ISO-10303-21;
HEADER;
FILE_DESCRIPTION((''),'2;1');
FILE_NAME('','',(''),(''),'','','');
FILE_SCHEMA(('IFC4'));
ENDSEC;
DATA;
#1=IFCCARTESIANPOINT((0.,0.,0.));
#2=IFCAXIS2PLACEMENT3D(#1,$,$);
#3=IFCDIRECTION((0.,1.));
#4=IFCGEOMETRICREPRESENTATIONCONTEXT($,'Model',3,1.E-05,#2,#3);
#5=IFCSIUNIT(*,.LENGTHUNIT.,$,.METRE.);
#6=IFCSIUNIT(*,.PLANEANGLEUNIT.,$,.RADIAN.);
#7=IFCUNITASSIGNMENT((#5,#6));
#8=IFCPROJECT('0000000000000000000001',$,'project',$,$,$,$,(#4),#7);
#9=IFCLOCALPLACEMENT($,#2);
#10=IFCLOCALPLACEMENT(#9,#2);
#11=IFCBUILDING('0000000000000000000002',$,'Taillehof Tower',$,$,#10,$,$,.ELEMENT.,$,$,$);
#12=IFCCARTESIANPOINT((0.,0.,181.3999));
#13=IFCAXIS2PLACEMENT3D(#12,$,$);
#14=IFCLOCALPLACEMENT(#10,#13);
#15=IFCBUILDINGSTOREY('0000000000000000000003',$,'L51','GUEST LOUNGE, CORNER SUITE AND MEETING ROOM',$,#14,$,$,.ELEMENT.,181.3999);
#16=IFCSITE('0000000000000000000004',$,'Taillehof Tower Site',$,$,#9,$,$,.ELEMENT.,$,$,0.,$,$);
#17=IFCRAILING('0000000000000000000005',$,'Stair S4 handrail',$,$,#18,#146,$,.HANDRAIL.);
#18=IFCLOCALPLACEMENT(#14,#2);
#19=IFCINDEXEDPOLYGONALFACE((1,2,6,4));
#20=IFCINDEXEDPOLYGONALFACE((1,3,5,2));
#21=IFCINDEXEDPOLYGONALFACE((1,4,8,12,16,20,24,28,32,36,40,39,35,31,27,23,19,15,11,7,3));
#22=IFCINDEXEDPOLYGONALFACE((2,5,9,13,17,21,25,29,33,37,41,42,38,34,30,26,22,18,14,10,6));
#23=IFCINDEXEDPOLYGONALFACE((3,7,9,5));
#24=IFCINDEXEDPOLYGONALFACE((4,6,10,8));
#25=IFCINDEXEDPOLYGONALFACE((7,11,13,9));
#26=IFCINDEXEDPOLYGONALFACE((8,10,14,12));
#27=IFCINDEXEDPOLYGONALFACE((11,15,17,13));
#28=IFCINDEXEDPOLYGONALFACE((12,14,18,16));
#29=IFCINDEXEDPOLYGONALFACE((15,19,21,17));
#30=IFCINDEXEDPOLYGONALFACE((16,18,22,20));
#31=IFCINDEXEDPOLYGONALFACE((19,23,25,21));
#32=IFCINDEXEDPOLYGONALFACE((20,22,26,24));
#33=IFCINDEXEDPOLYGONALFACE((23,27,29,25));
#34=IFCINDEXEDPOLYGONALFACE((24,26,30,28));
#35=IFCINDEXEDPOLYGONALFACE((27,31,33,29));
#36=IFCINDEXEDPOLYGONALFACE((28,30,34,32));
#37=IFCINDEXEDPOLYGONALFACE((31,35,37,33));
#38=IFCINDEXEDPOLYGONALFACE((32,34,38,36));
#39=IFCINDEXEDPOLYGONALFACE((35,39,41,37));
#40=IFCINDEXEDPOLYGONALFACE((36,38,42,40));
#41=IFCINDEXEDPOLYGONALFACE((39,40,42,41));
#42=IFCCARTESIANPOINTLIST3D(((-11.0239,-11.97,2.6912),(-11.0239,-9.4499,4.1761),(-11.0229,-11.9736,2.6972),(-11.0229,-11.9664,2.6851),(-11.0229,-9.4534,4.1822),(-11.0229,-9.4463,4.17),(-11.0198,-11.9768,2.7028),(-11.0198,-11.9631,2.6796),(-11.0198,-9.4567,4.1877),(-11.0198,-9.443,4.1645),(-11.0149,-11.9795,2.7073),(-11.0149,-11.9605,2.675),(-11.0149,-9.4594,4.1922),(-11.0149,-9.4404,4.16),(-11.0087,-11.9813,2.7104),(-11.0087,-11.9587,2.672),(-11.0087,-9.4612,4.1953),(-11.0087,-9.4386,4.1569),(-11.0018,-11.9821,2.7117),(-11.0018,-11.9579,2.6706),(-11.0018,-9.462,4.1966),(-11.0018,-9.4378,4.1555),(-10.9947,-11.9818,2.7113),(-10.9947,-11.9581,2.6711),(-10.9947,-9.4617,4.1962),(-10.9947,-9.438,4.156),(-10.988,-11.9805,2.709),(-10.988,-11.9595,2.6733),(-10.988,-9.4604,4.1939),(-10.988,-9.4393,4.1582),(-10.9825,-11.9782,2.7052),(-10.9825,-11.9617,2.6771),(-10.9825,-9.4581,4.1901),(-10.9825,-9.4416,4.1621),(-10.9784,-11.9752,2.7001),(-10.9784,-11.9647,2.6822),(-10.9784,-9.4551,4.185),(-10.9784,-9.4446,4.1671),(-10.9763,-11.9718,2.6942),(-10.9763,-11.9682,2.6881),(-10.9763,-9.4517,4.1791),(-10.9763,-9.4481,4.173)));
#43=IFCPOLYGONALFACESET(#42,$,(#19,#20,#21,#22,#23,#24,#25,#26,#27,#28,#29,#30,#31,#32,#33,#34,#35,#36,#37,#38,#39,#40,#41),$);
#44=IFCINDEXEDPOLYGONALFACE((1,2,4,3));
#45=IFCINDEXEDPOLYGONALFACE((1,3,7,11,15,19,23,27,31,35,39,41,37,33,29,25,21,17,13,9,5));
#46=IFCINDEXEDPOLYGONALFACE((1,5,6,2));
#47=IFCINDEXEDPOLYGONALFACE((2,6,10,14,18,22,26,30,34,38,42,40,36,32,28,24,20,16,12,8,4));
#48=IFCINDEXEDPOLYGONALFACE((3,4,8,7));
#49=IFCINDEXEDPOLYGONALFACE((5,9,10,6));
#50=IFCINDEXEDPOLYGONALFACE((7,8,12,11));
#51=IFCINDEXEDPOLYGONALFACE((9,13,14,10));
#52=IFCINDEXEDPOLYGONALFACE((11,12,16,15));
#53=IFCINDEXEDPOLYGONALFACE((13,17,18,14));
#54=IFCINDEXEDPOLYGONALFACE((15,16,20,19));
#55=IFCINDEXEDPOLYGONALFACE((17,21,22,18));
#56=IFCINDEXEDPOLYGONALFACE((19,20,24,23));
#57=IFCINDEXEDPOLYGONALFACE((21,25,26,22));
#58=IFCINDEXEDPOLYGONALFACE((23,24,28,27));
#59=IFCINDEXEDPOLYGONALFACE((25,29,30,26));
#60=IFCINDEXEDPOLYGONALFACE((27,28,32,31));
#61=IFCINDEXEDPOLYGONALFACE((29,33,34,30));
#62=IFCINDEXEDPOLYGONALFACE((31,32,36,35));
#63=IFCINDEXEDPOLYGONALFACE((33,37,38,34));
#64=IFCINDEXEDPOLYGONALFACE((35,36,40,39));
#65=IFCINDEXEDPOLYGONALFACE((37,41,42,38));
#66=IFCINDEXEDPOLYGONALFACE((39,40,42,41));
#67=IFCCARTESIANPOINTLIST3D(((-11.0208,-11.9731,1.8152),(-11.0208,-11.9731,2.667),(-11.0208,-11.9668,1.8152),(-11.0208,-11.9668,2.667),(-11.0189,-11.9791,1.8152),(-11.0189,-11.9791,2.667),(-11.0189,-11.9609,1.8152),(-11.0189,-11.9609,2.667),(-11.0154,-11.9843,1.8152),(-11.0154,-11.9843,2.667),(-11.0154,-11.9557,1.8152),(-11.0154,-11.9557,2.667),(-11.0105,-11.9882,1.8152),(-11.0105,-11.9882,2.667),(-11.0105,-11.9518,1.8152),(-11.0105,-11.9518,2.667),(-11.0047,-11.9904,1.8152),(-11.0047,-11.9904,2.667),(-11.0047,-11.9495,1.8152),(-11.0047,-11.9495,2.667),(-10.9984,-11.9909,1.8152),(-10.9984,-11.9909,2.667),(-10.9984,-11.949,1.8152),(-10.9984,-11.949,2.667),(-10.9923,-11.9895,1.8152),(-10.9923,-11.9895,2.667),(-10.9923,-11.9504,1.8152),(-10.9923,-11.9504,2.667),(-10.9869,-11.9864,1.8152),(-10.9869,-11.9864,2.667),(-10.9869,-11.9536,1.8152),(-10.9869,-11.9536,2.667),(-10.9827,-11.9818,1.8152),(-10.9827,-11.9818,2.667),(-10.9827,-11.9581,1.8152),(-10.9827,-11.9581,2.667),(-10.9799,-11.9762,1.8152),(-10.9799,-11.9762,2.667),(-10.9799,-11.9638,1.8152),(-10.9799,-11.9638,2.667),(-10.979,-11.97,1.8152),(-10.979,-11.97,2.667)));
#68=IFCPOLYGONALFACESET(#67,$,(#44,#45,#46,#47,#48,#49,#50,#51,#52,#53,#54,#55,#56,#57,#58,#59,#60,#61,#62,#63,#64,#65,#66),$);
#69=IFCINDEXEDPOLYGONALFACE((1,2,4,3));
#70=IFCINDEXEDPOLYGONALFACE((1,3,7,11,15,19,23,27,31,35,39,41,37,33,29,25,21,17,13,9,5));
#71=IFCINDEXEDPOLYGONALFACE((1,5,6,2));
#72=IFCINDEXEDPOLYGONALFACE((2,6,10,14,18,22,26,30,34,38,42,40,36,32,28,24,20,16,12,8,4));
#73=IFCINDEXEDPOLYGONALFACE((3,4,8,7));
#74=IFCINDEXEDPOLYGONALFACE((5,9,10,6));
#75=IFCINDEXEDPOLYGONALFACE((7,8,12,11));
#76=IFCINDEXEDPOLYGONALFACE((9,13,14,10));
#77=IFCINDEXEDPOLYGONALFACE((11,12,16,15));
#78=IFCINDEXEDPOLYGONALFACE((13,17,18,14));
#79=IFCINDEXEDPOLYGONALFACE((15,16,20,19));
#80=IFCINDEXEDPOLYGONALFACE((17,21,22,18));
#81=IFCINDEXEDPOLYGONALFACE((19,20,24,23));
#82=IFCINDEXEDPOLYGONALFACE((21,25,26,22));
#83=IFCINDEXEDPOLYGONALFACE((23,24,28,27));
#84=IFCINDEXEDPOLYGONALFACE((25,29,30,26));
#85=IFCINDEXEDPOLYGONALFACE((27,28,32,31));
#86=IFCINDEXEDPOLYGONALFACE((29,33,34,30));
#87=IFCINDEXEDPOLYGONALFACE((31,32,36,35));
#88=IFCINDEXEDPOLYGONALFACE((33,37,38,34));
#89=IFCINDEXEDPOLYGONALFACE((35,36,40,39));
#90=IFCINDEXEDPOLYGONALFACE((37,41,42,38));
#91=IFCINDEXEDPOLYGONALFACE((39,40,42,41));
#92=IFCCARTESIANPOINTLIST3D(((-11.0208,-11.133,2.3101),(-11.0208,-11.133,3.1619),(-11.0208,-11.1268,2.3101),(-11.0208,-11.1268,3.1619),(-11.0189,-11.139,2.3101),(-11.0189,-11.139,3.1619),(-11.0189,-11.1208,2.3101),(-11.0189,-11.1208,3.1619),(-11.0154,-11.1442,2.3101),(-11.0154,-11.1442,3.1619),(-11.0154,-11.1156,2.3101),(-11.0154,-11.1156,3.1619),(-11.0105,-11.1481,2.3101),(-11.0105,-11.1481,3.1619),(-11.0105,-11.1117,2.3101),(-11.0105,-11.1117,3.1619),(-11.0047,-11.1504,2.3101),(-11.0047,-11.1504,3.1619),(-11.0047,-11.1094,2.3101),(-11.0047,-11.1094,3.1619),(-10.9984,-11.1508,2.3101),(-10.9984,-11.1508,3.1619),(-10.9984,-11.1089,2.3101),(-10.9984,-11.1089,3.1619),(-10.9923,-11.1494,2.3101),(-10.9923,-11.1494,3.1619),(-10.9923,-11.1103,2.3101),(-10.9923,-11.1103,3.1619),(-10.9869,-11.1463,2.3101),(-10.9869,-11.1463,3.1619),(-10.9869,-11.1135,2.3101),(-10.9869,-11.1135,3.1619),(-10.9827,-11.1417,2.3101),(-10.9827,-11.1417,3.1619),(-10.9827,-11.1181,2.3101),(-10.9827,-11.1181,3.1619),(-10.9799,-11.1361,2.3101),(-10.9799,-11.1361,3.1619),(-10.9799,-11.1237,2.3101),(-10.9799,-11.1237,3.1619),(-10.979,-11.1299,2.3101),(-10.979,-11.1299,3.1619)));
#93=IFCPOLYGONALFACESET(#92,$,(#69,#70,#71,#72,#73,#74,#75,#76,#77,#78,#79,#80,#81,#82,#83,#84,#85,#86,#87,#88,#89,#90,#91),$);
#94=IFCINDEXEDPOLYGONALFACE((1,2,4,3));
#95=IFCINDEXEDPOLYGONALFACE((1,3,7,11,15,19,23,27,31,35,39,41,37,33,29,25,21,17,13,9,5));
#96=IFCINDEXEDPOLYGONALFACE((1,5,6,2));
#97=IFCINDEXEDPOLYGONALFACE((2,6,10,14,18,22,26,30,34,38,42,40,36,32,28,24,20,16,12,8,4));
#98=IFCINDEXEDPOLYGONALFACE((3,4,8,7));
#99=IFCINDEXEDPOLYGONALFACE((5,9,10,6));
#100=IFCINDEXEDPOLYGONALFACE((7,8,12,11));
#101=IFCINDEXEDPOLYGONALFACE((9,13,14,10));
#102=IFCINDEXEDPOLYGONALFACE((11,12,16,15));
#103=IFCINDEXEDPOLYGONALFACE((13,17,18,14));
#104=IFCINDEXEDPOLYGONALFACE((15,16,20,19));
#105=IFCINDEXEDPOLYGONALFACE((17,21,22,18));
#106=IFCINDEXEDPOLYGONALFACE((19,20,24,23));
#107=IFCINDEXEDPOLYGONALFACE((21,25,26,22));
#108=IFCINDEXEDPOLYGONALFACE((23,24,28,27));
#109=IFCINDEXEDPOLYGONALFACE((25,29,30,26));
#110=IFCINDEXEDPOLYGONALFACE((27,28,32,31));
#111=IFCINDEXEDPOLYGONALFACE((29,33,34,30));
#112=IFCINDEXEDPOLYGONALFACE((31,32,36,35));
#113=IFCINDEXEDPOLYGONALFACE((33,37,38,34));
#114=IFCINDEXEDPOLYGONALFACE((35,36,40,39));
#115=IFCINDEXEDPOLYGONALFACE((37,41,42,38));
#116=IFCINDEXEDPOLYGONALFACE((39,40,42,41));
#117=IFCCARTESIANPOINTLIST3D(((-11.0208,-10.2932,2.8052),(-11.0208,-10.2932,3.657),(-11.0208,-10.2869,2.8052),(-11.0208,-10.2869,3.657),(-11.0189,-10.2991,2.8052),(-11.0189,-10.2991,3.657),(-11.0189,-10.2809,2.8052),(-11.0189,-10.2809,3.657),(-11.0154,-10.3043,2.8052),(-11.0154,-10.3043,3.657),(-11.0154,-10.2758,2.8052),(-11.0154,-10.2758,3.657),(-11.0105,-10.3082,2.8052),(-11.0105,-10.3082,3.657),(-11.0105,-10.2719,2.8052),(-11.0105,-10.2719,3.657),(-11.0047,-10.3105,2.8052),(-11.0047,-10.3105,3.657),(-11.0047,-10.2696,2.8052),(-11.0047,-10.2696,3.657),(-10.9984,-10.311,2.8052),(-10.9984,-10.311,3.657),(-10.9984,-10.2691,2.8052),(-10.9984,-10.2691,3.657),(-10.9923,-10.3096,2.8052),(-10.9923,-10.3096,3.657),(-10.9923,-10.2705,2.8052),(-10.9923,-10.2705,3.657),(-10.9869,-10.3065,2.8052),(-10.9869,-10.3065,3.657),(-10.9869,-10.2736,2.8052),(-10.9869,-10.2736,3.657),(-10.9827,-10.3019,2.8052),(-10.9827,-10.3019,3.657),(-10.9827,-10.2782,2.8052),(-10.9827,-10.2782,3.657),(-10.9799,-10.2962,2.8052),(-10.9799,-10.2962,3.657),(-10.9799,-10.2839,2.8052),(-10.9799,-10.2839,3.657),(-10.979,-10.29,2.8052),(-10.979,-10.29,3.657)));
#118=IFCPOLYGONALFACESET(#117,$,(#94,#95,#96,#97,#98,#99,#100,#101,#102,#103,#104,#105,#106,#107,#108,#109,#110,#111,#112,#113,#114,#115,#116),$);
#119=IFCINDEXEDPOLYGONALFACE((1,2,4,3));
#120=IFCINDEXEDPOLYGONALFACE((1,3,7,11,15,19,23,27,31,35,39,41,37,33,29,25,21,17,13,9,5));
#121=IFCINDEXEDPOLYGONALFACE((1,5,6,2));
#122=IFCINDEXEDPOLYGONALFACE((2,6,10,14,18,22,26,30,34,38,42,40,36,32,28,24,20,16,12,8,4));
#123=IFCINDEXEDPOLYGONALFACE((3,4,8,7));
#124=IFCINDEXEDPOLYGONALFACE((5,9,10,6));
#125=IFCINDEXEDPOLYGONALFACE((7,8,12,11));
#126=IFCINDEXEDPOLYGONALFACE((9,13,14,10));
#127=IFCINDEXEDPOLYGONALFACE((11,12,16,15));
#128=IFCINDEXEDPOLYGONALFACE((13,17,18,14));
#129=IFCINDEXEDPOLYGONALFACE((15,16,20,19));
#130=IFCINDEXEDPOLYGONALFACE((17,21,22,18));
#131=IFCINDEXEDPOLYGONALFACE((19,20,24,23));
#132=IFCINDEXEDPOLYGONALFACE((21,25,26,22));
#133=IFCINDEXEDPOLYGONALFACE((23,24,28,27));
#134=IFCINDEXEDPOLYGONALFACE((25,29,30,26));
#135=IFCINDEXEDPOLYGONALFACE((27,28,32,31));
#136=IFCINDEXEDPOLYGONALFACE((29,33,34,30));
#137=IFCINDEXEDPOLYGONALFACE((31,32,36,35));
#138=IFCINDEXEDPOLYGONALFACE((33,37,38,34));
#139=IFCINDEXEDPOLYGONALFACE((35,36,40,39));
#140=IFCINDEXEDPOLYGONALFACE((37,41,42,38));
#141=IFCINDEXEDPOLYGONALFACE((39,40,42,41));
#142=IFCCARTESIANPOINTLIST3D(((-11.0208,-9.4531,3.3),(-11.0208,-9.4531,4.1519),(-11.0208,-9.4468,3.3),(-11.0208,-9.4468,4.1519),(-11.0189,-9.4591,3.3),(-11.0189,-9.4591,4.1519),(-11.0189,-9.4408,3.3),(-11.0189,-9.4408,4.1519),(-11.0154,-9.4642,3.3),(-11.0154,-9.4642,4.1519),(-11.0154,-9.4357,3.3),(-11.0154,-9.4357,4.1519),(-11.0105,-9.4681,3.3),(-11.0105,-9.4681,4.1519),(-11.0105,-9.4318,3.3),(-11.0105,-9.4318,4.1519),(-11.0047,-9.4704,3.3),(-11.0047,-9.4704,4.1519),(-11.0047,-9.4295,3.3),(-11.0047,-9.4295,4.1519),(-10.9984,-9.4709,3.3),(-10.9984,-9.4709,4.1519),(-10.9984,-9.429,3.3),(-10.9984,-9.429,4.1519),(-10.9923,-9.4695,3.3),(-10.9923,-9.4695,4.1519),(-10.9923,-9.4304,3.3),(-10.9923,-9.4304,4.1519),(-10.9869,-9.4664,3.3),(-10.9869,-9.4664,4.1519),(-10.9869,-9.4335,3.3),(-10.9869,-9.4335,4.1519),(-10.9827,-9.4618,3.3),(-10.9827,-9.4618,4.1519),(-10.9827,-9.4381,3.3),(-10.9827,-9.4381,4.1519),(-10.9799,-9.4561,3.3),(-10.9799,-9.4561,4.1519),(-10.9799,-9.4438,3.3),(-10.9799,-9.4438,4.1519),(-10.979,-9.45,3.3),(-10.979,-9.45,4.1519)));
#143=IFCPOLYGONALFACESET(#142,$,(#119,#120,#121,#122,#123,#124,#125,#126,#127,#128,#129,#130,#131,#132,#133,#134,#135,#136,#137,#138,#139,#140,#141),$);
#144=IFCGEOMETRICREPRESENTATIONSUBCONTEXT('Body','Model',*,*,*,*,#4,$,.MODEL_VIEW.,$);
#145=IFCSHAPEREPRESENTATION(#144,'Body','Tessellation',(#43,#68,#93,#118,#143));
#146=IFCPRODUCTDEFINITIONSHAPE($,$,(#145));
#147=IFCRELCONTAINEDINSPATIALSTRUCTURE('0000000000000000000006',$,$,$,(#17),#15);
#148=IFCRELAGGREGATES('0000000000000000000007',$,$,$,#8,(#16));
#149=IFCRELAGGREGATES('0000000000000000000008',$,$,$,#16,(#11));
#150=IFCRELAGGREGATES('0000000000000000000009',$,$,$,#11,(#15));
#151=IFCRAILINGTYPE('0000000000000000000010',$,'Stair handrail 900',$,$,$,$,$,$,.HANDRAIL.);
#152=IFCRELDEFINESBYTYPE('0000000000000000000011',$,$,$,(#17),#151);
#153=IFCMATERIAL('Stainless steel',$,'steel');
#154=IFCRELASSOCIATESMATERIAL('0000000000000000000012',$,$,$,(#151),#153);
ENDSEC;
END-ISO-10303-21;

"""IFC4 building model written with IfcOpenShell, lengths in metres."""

from ifc_helpers import new_model, si_unit, direction, frame, origin, origin_2d, place, context, subcontext, project, spatial, circle, extrude, material, type_object, element, save


model = new_model("IFC4")

# Units and contexts
model_context = context("Model", 3, precision=1e-05, world=origin(), true_north=direction((0.0, 1.0)))
body_context = subcontext(model_context, "Body", "Model", "MODEL_VIEW")
ifc_project = project(units=[si_unit("LENGTHUNIT", "METRE"), si_unit("PLANEANGLEUNIT", "RADIAN")], contexts=[model_context])

# Site, building, storey
site_placement = place(None, origin())
site = spatial("IfcSite", under=ifc_project, at=site_placement, Name="Taillehof Tower Site", CompositionType="ELEMENT", RefElevation=0.0)
building_placement = place(site_placement, origin())
building = spatial("IfcBuilding", under=site, at=building_placement, Name="Taillehof Tower", CompositionType="ELEMENT")
storey_placement = place(building_placement, frame((0.0, 0.0, 181.3999)))
storey = spatial("IfcBuildingStorey", under=building, at=storey_placement, Name="L51", Description="GUEST LOUNGE, CORNER SUITE AND MEETING ROOM", CompositionType="ELEMENT", Elevation=181.3999)

# Railing
ifc_material_1 = material(Name="Stainless steel", Category="steel")
railing_type = type_object("IfcRailingType", Name="Stair handrail 900", PredefinedType="HANDRAIL", material=ifc_material_1)
railing_1_placement = place(storey_placement, frame((-11.0, -11.97, 1.8152)))
element("IfcRailing", 1, at=railing_1_placement, inside=storey, type_object=railing_type, Name="Stair S4 handrail", PredefinedType="HANDRAIL", context=body_context, shape_type="SweptSolid", body=[
    extrude(circle(Radius=0.0239, at=origin_2d()), frame((0.0, 0.0, 0.876), z_axis=(0.0, 0.861561, 0.507655), x_axis=(-1.0, 0.0, 0.0)), (0.0, 0.0, 1.0), 2.925),
    extrude(circle(Radius=0.021, at=origin_2d()), origin(), (0.0, 0.0, 1.0), 0.8518),
    extrude(circle(Radius=0.021, at=origin_2d()), frame((0.0, 0.8401, 0.4949)), (0.0, 0.0, 1.0), 0.8518),
    extrude(circle(Radius=0.021, at=origin_2d()), frame((0.0, 1.6799, 0.99)), (0.0, 0.0, 1.0), 0.8518),
    extrude(circle(Radius=0.021, at=origin_2d()), frame((0.0, 2.52, 1.4849)), (0.0, 0.0, 1.0), 0.8518),
])

save(model, "model.ifc")
